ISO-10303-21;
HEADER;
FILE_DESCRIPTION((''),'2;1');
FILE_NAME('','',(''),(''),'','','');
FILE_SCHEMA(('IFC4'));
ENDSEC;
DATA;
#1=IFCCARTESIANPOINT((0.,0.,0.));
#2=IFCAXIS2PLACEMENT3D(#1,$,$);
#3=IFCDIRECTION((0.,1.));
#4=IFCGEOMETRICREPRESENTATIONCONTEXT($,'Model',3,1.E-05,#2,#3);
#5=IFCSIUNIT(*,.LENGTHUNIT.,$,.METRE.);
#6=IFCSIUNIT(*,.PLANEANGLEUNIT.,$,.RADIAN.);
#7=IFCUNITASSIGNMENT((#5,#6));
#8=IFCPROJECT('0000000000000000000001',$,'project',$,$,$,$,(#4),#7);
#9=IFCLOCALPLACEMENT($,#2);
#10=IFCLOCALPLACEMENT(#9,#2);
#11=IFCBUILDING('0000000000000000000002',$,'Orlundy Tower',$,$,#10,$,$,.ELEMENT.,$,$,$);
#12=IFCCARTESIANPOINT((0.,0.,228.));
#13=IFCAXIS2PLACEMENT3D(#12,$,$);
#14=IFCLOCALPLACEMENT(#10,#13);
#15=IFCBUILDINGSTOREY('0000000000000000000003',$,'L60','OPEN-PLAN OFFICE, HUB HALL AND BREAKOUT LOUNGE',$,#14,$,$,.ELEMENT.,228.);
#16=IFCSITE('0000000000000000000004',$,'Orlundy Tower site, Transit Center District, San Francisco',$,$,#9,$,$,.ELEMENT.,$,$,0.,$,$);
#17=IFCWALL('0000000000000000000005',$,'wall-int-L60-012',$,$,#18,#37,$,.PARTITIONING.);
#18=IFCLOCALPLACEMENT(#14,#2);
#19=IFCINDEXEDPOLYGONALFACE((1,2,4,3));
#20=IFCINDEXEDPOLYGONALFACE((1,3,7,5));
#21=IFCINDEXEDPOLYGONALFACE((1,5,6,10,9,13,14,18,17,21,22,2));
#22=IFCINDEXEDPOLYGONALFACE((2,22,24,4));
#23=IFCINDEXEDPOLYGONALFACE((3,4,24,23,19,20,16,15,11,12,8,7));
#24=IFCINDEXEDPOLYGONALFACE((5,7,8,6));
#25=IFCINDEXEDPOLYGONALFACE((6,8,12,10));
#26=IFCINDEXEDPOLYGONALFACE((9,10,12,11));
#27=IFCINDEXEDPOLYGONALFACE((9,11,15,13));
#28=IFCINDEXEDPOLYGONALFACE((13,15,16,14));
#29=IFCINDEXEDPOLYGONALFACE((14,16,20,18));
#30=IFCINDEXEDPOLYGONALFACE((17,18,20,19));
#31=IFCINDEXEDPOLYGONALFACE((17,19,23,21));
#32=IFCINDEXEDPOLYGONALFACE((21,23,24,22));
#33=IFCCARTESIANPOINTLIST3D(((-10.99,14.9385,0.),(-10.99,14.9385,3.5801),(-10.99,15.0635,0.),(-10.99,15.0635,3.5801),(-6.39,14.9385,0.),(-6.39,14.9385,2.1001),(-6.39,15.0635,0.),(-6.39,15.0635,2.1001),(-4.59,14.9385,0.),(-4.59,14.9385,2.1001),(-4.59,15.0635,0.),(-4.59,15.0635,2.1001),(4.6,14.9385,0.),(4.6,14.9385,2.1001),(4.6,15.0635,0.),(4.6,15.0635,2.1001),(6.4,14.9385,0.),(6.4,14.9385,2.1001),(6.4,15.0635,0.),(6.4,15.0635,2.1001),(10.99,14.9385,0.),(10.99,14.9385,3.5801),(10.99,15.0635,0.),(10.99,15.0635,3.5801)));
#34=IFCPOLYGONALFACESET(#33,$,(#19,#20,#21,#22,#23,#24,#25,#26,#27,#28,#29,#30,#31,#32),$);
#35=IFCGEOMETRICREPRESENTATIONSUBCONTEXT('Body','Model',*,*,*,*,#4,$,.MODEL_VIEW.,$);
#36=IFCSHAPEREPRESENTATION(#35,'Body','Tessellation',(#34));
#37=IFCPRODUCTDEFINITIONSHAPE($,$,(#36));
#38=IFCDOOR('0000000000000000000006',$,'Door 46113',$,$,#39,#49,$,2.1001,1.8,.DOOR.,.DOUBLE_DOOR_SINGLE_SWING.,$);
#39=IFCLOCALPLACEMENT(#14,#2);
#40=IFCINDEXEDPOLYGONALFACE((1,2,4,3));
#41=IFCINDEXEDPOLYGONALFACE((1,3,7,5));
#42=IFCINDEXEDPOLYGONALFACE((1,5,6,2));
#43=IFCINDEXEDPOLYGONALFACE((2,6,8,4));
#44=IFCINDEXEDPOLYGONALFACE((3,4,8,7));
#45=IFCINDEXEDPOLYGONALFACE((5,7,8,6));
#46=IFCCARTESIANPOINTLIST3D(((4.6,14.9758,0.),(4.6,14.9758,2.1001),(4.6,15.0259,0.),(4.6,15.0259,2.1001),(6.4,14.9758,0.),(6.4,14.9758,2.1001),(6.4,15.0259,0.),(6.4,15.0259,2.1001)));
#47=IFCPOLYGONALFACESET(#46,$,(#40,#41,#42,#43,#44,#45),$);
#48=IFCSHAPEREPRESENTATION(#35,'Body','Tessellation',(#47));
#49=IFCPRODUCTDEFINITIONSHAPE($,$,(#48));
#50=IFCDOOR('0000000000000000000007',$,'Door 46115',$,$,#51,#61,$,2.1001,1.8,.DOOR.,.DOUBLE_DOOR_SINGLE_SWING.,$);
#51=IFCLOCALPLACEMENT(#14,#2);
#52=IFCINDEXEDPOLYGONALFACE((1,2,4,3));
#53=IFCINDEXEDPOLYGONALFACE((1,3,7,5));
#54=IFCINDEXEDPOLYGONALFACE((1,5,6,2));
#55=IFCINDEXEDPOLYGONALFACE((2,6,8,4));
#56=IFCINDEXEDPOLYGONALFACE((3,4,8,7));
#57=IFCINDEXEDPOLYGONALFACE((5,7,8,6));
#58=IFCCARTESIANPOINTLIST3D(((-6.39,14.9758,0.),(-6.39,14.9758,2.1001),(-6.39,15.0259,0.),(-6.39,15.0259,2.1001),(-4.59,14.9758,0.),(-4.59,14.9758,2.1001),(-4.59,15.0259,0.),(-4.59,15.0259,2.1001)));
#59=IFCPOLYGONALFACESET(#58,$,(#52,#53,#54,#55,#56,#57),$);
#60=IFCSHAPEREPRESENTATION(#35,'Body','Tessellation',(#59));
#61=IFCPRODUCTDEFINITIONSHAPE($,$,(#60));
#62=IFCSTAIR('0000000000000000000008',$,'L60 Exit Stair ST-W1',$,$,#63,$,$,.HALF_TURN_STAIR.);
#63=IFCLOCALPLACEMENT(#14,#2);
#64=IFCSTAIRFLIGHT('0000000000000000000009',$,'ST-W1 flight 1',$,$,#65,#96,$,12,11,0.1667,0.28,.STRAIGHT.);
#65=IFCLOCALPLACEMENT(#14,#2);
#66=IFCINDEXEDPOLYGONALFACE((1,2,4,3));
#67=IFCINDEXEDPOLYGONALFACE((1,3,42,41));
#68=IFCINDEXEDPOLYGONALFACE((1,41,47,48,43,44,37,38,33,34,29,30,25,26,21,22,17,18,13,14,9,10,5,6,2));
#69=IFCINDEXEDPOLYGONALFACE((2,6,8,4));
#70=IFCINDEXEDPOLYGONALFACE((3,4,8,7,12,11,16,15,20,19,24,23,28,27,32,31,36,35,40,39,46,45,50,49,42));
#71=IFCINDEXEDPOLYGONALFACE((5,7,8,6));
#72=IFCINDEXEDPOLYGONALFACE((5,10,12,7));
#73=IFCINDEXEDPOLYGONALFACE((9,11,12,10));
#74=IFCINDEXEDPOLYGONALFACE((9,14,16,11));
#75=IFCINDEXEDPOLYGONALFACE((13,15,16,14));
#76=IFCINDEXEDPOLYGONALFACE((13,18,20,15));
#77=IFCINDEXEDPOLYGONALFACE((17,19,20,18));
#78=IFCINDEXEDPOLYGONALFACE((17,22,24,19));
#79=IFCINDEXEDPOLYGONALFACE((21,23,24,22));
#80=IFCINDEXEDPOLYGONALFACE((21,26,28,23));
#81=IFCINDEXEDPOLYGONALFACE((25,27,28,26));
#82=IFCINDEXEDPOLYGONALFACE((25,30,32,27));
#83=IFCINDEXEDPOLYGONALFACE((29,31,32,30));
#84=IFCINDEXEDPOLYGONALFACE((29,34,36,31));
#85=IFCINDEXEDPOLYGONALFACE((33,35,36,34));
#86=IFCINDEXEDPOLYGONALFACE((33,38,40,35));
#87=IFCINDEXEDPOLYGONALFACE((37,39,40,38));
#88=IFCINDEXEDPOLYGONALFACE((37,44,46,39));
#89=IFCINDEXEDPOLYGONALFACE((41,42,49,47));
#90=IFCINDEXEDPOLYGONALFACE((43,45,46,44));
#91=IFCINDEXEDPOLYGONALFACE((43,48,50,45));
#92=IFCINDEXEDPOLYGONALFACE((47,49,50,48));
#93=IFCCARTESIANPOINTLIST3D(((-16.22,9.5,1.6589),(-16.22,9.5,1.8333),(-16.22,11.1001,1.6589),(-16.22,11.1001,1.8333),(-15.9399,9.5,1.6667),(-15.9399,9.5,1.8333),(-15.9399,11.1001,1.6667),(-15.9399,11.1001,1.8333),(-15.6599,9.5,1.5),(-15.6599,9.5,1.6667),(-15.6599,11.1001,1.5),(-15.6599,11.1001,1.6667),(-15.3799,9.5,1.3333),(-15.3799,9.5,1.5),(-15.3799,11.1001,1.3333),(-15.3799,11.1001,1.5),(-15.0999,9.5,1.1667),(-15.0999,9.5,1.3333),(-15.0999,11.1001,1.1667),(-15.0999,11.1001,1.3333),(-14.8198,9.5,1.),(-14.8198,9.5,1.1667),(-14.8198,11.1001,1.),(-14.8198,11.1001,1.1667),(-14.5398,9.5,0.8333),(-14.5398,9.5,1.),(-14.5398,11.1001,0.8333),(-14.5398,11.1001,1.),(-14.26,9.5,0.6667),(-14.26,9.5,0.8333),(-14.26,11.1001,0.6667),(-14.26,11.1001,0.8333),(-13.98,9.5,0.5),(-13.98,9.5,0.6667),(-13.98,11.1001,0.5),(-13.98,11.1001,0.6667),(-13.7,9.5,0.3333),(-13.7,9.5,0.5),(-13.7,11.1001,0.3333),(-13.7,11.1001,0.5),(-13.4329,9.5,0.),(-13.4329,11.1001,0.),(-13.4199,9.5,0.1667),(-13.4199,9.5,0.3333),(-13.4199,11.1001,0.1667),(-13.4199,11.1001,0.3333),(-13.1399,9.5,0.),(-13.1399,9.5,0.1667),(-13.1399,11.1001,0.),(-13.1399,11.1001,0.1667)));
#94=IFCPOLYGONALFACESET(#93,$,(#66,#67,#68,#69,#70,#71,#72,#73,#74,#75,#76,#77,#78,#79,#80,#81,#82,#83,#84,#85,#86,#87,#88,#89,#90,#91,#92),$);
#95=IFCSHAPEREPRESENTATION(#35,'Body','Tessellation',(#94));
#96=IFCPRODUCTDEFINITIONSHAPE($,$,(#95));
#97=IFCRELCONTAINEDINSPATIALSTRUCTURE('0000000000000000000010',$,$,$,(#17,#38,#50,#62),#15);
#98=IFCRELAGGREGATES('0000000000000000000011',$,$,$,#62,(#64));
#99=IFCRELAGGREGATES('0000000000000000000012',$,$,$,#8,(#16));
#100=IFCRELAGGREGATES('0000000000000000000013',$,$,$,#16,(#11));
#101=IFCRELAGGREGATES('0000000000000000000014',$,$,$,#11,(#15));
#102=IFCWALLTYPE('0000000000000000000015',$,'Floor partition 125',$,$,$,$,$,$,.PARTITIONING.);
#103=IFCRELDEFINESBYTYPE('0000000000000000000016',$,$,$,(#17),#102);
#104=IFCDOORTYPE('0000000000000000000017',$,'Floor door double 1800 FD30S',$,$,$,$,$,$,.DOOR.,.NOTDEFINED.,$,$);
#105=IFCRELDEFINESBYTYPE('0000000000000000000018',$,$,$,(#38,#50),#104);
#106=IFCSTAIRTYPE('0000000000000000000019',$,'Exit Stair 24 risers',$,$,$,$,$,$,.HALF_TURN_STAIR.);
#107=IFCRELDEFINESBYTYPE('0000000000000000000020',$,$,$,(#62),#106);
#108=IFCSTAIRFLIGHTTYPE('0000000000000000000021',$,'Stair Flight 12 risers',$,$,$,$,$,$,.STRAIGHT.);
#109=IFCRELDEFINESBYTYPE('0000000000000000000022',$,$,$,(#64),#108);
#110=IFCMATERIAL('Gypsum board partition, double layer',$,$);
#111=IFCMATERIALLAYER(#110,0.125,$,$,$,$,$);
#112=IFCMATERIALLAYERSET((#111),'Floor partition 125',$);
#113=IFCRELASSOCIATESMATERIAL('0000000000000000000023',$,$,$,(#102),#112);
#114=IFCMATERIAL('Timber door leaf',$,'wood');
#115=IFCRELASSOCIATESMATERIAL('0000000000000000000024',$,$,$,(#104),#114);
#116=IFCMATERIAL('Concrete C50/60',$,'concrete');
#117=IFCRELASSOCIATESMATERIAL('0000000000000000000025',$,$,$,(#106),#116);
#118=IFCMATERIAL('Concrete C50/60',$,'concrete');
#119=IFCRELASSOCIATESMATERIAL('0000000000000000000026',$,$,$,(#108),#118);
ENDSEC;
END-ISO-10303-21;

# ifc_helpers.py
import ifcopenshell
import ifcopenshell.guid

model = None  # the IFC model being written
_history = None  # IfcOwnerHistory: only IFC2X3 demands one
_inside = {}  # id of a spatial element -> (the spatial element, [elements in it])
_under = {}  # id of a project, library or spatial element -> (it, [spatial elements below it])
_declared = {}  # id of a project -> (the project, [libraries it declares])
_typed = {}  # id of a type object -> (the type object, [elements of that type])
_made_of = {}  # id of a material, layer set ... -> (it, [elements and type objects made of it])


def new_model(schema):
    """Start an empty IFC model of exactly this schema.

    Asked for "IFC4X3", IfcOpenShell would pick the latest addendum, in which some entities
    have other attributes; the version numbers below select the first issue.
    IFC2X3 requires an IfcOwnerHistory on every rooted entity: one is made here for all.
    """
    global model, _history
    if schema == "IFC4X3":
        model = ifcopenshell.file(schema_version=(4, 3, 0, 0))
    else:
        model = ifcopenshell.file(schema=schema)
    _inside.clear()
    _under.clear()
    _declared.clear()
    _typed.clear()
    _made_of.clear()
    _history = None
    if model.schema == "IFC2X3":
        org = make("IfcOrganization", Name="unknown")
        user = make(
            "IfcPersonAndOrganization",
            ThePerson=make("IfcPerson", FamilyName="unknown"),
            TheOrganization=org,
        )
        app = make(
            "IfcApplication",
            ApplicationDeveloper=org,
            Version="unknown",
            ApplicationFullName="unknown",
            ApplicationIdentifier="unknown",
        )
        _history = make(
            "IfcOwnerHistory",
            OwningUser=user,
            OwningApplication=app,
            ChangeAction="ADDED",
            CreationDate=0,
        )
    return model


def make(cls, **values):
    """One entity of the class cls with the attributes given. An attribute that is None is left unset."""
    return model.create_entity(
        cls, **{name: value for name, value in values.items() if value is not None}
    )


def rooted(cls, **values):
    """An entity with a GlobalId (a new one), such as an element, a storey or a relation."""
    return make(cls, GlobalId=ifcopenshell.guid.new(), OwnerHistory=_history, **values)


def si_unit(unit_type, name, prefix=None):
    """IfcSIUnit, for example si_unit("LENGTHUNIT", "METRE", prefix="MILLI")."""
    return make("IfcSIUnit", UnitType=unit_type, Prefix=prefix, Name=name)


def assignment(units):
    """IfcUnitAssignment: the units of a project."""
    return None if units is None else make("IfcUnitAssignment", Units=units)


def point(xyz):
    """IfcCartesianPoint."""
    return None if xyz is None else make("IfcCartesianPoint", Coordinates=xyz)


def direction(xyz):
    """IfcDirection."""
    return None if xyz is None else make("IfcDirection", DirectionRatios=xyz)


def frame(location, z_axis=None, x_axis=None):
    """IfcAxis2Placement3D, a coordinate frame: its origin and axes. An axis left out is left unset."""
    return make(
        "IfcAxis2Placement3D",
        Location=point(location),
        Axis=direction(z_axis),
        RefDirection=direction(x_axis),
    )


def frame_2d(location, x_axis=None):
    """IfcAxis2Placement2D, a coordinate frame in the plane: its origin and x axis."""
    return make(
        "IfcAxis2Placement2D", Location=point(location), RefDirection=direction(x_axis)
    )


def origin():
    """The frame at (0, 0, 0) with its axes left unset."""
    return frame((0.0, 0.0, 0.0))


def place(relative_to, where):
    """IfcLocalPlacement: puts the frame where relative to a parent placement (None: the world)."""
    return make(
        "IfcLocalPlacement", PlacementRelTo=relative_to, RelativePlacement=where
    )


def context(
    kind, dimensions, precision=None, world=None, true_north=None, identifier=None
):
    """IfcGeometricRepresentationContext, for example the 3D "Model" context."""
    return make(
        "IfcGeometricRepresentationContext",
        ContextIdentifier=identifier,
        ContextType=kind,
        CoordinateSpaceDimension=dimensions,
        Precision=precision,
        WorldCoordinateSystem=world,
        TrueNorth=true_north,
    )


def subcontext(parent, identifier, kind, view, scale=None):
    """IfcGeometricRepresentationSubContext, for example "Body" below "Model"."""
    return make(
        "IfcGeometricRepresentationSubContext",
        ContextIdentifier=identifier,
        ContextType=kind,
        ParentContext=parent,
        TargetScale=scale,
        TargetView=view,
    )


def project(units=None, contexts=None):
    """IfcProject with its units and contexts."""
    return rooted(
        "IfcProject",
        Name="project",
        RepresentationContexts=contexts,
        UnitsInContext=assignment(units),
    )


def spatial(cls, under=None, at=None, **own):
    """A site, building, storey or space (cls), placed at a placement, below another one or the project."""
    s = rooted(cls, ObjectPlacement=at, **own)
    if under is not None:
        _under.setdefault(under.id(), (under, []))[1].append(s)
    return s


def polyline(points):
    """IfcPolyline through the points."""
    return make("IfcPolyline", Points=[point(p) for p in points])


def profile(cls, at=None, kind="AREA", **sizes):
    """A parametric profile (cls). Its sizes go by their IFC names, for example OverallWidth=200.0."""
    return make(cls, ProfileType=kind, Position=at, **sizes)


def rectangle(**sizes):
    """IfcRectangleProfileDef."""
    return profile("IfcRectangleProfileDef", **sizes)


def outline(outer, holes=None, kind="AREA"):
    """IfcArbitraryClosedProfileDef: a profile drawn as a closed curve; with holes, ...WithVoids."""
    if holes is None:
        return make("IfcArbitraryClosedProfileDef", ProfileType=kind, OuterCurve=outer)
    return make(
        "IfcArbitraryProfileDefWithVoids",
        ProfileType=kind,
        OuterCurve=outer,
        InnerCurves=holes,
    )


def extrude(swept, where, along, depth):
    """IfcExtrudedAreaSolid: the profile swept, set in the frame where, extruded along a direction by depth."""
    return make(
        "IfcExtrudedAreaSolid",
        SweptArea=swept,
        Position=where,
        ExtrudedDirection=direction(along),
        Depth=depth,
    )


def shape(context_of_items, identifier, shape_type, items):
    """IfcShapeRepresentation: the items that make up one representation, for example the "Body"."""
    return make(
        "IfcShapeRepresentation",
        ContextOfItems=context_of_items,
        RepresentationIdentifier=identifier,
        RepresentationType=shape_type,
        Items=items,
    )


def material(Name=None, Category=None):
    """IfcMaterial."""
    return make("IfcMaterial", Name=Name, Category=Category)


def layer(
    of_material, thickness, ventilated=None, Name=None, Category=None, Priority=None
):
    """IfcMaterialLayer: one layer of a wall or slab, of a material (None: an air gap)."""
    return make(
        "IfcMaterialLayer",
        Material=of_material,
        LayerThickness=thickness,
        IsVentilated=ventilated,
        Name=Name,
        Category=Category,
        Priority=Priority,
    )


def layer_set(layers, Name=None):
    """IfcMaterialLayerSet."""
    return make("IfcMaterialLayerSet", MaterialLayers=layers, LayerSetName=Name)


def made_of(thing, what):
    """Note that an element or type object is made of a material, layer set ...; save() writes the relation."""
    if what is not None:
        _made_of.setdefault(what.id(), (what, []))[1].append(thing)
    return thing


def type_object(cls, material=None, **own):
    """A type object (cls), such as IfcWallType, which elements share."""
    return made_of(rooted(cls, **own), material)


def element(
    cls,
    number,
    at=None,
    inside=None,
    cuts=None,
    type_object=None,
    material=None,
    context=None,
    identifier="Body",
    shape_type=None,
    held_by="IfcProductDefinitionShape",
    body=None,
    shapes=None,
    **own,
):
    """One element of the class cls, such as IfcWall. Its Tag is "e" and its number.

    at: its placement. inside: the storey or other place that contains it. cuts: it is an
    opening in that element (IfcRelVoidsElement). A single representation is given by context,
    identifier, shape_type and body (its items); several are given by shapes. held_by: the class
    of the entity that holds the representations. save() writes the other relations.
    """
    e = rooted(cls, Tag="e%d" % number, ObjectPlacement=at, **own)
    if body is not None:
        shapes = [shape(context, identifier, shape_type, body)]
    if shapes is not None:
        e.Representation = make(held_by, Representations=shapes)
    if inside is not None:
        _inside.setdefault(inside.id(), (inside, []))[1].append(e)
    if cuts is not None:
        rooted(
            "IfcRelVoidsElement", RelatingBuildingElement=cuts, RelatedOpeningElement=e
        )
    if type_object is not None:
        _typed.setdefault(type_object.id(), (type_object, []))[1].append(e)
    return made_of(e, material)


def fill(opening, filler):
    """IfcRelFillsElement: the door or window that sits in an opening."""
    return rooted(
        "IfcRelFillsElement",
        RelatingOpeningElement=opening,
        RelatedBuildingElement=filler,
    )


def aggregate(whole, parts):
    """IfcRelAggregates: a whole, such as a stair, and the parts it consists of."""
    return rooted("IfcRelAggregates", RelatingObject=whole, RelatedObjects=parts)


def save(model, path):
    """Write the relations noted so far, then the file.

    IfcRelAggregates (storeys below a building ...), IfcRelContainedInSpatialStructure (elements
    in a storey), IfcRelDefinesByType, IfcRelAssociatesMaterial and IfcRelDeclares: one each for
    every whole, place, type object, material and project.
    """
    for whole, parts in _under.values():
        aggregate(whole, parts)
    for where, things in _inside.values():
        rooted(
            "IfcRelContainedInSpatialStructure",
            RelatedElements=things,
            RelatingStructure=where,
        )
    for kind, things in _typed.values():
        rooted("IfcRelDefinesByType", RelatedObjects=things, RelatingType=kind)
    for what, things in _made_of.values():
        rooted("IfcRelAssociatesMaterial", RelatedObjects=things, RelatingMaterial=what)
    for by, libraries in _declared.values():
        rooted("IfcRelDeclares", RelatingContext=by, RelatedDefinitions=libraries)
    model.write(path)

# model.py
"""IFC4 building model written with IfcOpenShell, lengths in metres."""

from ifc_helpers import new_model, si_unit, direction, frame, frame_2d, origin, place, context, subcontext, project, spatial, polyline, rectangle, outline, extrude, material, layer, layer_set, type_object, element, fill, aggregate, save


model = new_model("IFC4")

# Units and contexts
model_context = context("Model", 3, precision=1e-05, world=origin(), true_north=direction((0.0, 1.0)))
body_context = subcontext(model_context, "Body", "Model", "MODEL_VIEW")
ifc_project = project(units=[si_unit("LENGTHUNIT", "METRE"), si_unit("PLANEANGLEUNIT", "RADIAN")], contexts=[model_context])

# Site, building, storey
site_placement = place(None, origin())
site = spatial("IfcSite", under=ifc_project, at=site_placement, Name="Orlundy Tower site, Transit Center District, San Francisco", CompositionType="ELEMENT", RefElevation=0.0)
building_placement = place(site_placement, origin())
building = spatial("IfcBuilding", under=site, at=building_placement, Name="Orlundy Tower", CompositionType="ELEMENT")
storey_placement = place(building_placement, frame((0.0, 0.0, 228.0)))
storey = spatial("IfcBuildingStorey", under=building, at=storey_placement, Name="L60", Description="OPEN-PLAN OFFICE, HUB HALL AND BREAKOUT LOUNGE", CompositionType="ELEMENT", Elevation=228.0)

# Wall, openings, doors
ifc_material_1 = material(Name="Gypsum board partition, double layer")
ifc_layer_1 = layer(ifc_material_1, 0.125)
ifc_layer_set_1 = layer_set([ifc_layer_1], Name="Floor partition 125")
wall_type_1 = type_object("IfcWallType", Name="Floor partition 125", PredefinedType="PARTITIONING", material=ifc_layer_set_1)
wall_1_placement = place(storey_placement, frame((-10.99, 15.001, 0.0), z_axis=(0.0, 0.0, 1.0), x_axis=(1.0, 0.0, 0.0)))
wall_1 = element("IfcWall", 1, at=wall_1_placement, inside=storey, type_object=wall_type_1, Name="wall-int-L60-012", PredefinedType="PARTITIONING", context=body_context, shape_type="SweptSolid", body=[
    extrude(rectangle(XDim=21.98, YDim=0.125, at=frame_2d((10.99, 0.0))), origin(), (0.0, 0.0, 1.0), 3.5801),
])
opening_1_placement = place(wall_1_placement, frame((15.5901, 0.0, 0.0)))
opening_1 = element("IfcOpeningElement", 2, at=opening_1_placement, cuts=wall_1, PredefinedType="OPENING", context=body_context, shape_type="SweptSolid", body=[
    extrude(rectangle(XDim=1.8, YDim=2.1001, at=frame_2d((0.8999, 1.05))), frame((0.0, 0.0725, 0.0), z_axis=(0.0, -1.0, 0.0), x_axis=(1.0, 0.0, 0.0)), (0.0, 0.0, 1.0), 0.145),
])
opening_2_placement = place(wall_1_placement, frame((4.6001, 0.0, 0.0)))
opening_2 = element("IfcOpeningElement", 3, at=opening_2_placement, cuts=wall_1, PredefinedType="OPENING", context=body_context, shape_type="SweptSolid", body=[
    extrude(rectangle(XDim=1.8, YDim=2.1001, at=frame_2d((0.8999, 1.05))), frame((0.0, 0.0725, 0.0), z_axis=(0.0, -1.0, 0.0), x_axis=(1.0, 0.0, 0.0)), (0.0, 0.0, 1.0), 0.145),
])
ifc_material_2 = material(Name="Timber door leaf", Category="wood")
door_type = type_object("IfcDoorType", Name="Floor door double 1800 FD30S", OperationType="NOTDEFINED", PredefinedType="DOOR", material=ifc_material_2)
door_1_placement = place(opening_1_placement, origin())
door_1 = element("IfcDoor", 4, at=door_1_placement, inside=storey, type_object=door_type, Name="Door 46113", OperationType="DOUBLE_DOOR_SINGLE_SWING", OverallHeight=2.1001, OverallWidth=1.8, PredefinedType="DOOR", context=body_context, shape_type="SweptSolid", body=[
    extrude(rectangle(XDim=1.8, YDim=2.1001, at=frame_2d((0.8999, 1.05))), frame((0.0, 0.0249, 0.0), z_axis=(0.0, -1.0, 0.0), x_axis=(1.0, 0.0, 0.0)), (0.0, 0.0, 1.0), 0.05),
])
fill(opening_1, door_1)
door_2_placement = place(opening_2_placement, origin())
door_2 = element("IfcDoor", 5, at=door_2_placement, inside=storey, type_object=door_type, Name="Door 46115", OperationType="DOUBLE_DOOR_SINGLE_SWING", OverallHeight=2.1001, OverallWidth=1.8, PredefinedType="DOOR", context=body_context, shape_type="SweptSolid", body=[
    extrude(rectangle(XDim=1.8, YDim=2.1001, at=frame_2d((0.8999, 1.05))), frame((0.0, 0.0249, 0.0), z_axis=(0.0, -1.0, 0.0), x_axis=(1.0, 0.0, 0.0)), (0.0, 0.0, 1.0), 0.05),
])
fill(opening_2, door_2)

# Stair, stair flight
ifc_material_3 = material(Name="Concrete C50/60", Category="concrete")
stair_type = type_object("IfcStairType", Name="Exit Stair 24 risers", PredefinedType="HALF_TURN_STAIR", material=ifc_material_3)
stair_placement = place(storey_placement, origin())
stair = element("IfcStair", 6, at=stair_placement, inside=storey, type_object=stair_type, Name="L60 Exit Stair ST-W1", PredefinedType="HALF_TURN_STAIR")
ifc_material_4 = material(Name="Concrete C50/60", Category="concrete")
stair_flight_type = type_object("IfcStairFlightType", Name="Stair Flight 12 risers", PredefinedType="STRAIGHT", material=ifc_material_4)
stair_flight_placement = place(storey_placement, frame((-13.1399, 10.3, 0.0), z_axis=(0.0, 0.0, 1.0), x_axis=(-1.0, 0.0, 0.0)))
stair_flight = element("IfcStairFlight", 7, at=stair_flight_placement, type_object=stair_flight_type, Name="ST-W1 flight 1", NumberOfRisers=12, NumberOfTreads=11, PredefinedType="STRAIGHT", RiserHeight=0.1667, TreadLength=0.28, context=body_context, shape_type="SweptSolid", body=[
    extrude(outline(polyline([(0.0, 0.0), (0.0, 0.1667), (0.28, 0.1667), (0.28, 0.3333), (0.5601, 0.3333), (0.5601, 0.5), (0.8401, 0.5), (0.8401, 0.6667), (1.1201, 0.6667), (1.1201, 0.8333), (1.3999, 0.8333), (1.3999, 1.0), (1.6799, 1.0), (1.6799, 1.1667), (1.96, 1.1667), (1.96, 1.3333), (2.24, 1.3333), (2.24, 1.5), (2.52, 1.5), (2.52, 1.6667), (2.8, 1.6667), (2.8, 1.8333), (3.0801, 1.8333), (3.0801, 2.0), (3.0801, 1.6589), (0.293, 0.0), (0.0, 0.0)])), frame((0.0, 0.8, 0.0), z_axis=(0.0, -1.0, 0.0), x_axis=(1.0, 0.0, 0.0)), (0.0, 0.0, 1.0), 1.6001),
])
aggregate(stair, [stair_flight])

save(model, "model.ifc")
